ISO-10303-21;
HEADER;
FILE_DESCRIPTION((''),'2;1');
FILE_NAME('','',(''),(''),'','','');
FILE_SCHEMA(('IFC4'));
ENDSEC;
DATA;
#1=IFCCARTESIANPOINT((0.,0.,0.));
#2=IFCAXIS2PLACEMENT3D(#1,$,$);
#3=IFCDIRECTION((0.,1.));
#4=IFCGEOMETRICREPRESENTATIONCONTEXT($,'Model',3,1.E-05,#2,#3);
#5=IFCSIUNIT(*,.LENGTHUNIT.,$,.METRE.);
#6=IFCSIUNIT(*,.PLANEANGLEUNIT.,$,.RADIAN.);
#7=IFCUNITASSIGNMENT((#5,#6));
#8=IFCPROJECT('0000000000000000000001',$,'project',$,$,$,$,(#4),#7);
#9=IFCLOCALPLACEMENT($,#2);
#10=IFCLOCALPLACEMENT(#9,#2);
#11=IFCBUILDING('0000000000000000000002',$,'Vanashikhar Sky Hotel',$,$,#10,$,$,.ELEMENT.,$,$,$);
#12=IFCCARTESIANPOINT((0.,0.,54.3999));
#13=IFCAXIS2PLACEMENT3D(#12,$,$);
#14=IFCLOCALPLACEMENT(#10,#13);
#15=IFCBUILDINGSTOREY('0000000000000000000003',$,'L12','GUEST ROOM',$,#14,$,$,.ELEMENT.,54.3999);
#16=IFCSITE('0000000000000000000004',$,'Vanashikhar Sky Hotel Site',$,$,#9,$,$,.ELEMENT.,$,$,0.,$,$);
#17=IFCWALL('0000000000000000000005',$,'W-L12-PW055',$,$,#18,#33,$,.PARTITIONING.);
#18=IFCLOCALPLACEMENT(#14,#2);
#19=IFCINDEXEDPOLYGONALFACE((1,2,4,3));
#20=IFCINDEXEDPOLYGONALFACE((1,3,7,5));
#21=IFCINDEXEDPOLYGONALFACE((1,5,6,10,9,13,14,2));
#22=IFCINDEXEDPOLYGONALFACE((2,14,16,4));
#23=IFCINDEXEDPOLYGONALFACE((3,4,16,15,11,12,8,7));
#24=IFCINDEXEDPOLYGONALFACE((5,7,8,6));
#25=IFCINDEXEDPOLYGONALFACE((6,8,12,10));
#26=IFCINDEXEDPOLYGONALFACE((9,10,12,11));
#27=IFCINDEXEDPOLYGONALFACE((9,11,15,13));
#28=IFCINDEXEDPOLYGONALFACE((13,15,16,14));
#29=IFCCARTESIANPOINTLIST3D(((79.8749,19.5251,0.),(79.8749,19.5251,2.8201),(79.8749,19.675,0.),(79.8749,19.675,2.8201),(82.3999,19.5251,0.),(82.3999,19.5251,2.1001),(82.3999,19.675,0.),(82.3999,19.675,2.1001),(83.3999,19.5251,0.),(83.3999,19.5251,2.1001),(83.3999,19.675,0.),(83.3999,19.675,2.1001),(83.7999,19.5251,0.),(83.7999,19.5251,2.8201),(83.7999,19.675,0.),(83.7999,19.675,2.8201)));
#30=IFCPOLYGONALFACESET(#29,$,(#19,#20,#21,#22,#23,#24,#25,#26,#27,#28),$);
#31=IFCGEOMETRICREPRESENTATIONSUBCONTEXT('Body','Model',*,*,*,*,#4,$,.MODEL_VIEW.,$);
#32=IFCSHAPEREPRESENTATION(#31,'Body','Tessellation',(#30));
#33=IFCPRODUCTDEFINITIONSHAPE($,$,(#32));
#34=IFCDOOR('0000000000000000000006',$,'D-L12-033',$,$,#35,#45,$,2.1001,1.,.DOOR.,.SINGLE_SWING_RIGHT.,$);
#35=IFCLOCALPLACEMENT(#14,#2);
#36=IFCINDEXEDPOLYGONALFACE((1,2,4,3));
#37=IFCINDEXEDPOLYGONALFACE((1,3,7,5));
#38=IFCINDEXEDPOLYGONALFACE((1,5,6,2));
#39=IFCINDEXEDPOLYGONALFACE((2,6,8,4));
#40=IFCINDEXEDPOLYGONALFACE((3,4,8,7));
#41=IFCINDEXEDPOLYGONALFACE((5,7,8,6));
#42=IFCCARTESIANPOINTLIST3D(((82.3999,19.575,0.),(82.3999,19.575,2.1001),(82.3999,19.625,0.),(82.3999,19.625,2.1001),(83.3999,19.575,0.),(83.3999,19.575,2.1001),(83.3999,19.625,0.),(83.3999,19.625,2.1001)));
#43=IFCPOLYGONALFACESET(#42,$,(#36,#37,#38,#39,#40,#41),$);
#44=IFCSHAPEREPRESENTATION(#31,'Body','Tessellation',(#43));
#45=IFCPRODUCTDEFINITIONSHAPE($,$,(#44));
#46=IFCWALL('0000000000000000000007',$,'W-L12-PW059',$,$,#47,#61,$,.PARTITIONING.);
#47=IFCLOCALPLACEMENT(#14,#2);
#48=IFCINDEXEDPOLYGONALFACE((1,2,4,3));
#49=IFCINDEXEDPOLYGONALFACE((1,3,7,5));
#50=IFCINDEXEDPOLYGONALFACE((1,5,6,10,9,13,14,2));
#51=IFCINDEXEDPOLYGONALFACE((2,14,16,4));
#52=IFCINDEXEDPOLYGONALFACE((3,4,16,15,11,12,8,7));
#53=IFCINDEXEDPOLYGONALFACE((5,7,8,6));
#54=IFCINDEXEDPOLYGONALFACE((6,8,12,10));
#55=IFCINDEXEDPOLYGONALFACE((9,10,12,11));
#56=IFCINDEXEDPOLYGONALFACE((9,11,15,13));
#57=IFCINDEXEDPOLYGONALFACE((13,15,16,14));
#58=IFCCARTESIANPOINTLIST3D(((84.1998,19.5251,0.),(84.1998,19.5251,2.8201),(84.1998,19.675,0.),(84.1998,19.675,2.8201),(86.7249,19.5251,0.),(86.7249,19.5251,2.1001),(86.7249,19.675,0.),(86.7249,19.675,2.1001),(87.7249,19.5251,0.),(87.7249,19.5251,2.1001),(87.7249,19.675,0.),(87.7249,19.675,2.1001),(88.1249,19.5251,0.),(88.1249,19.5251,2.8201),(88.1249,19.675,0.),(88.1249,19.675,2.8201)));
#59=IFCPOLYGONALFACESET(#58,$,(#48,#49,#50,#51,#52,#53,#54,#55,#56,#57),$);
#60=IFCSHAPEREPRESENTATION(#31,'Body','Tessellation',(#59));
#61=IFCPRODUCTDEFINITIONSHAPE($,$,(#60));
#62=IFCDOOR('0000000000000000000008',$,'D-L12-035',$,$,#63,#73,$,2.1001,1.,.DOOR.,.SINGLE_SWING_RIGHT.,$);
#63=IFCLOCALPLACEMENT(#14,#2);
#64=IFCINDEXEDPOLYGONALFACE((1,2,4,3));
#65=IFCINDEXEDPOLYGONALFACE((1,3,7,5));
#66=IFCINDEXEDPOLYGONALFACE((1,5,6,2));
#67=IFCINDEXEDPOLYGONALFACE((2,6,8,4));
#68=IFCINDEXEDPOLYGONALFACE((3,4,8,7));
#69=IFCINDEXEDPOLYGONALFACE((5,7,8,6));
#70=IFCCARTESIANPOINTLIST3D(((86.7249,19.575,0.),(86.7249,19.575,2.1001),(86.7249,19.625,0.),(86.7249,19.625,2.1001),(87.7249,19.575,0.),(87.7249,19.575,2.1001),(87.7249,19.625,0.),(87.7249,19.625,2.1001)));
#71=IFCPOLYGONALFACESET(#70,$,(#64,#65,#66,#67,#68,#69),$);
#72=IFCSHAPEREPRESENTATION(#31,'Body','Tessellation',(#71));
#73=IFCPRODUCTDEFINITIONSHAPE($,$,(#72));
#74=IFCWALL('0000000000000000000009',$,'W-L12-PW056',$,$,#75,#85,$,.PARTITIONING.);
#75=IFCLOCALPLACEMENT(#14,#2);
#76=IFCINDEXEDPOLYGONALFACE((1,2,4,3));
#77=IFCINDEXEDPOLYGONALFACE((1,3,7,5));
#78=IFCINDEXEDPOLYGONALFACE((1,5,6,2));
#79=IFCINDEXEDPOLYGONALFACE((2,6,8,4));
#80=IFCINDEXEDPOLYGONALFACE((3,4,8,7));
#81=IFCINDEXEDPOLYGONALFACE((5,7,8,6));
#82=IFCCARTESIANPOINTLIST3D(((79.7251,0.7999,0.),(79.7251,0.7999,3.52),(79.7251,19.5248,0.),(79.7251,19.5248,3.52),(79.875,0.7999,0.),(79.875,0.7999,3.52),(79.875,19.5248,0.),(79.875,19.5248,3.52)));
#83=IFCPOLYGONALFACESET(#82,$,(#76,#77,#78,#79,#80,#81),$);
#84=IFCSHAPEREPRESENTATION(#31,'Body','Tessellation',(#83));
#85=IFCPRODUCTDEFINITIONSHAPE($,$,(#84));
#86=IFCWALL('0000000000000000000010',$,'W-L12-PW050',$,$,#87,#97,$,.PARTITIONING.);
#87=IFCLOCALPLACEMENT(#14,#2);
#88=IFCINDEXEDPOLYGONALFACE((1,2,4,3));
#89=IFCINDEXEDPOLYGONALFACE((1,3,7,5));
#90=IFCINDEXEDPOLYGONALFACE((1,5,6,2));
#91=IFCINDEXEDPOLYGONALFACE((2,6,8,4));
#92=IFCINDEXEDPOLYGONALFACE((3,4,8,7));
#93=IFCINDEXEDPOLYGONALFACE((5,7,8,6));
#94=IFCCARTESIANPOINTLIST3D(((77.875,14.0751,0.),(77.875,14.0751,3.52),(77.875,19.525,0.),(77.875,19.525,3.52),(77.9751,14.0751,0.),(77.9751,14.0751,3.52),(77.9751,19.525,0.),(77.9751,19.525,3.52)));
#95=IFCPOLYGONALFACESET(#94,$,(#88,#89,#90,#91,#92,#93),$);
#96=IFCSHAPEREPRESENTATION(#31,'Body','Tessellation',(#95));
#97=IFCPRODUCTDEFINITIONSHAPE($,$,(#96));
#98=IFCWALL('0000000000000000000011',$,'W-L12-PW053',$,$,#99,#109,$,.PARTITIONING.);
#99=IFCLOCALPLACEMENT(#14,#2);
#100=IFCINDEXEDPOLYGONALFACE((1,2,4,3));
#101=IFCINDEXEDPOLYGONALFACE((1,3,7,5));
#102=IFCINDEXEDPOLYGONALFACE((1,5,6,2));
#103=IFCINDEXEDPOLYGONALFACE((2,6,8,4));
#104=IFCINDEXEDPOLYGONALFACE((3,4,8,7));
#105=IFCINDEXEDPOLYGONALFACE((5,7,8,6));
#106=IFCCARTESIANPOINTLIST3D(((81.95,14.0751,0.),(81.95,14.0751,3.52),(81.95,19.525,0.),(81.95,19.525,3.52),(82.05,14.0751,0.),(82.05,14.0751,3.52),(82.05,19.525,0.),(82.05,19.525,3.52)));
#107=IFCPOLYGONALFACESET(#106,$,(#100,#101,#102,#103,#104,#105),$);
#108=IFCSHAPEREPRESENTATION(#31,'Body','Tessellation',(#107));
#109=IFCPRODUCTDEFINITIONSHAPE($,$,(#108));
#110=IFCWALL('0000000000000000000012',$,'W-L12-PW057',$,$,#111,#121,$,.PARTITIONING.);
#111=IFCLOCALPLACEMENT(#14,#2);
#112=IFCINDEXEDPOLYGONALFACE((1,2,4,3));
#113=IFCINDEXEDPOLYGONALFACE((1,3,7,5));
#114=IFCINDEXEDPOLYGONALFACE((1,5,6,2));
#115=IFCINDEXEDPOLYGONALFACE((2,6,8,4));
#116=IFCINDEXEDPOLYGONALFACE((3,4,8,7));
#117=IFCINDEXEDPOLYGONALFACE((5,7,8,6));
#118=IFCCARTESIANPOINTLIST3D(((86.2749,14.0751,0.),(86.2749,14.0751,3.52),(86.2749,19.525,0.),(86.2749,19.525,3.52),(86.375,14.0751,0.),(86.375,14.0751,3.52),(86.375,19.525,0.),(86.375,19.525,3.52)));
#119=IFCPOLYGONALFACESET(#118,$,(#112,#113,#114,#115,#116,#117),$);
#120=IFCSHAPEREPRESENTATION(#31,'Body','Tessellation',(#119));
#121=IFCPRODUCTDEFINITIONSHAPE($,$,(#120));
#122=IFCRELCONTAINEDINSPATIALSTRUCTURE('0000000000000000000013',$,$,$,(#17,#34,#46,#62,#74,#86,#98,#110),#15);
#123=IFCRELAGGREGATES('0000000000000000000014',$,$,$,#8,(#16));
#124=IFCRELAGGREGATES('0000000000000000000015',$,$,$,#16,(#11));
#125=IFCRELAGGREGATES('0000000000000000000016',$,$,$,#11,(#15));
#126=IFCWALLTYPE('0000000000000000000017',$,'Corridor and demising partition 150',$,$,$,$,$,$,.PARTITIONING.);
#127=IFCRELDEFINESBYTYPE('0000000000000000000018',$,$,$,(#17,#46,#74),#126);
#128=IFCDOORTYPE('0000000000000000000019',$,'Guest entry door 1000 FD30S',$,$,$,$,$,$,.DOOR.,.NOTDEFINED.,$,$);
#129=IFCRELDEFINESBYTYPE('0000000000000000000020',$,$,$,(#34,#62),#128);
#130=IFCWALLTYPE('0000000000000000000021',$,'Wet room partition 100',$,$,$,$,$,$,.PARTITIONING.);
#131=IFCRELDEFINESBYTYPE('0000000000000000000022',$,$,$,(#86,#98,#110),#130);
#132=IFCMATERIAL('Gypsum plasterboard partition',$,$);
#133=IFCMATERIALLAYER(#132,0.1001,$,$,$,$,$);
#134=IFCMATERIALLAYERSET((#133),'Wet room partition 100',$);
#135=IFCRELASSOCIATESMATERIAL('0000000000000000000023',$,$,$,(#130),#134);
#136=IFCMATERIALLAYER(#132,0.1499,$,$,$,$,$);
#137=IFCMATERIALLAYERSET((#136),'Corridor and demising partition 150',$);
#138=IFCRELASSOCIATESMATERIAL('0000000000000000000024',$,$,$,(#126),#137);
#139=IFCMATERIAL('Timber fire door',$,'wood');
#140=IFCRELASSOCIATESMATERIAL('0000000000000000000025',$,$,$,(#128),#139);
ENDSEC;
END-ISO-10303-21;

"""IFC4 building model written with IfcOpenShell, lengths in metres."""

from ifc_helpers import new_model, si_unit, direction, frame, frame_2d, origin, place, context, subcontext, project, spatial, rectangle, extrude, source, transform, mapped, material, layer, layer_set, type_object, element, fill, save


model = new_model("IFC4")

# Units and contexts
model_context = context("Model", 3, precision=1e-05, world=origin(), true_north=direction((0.0, 1.0)))
body_context = subcontext(model_context, "Body", "Model", "MODEL_VIEW")
ifc_project = project(units=[si_unit("LENGTHUNIT", "METRE"), si_unit("PLANEANGLEUNIT", "RADIAN")], contexts=[model_context])

# Site, building, storey
site_placement = place(None, origin())
site = spatial("IfcSite", under=ifc_project, at=site_placement, Name="Vanashikhar Sky Hotel Site", CompositionType="ELEMENT", RefElevation=0.0)
building_placement = place(site_placement, origin())
building = spatial("IfcBuilding", under=site, at=building_placement, Name="Vanashikhar Sky Hotel", CompositionType="ELEMENT")
storey_placement = place(building_placement, frame((0.0, 0.0, 54.3999)))
storey = spatial("IfcBuildingStorey", under=building, at=storey_placement, Name="L12", Description="GUEST ROOM", CompositionType="ELEMENT", Elevation=54.3999)

# Walls, openings, doors
ifc_material_1 = material(Name="Gypsum plasterboard partition")
ifc_layer_1 = layer(ifc_material_1, 0.1001)
ifc_layer_set_1 = layer_set([ifc_layer_1], Name="Wet room partition 100")
wall_type_1 = type_object("IfcWallType", Name="Wet room partition 100", PredefinedType="PARTITIONING", material=ifc_layer_set_1)
ifc_layer_2 = layer(ifc_material_1, 0.1499)
ifc_layer_set_2 = layer_set([ifc_layer_2], Name="Corridor and demising partition 150")
wall_type_2 = type_object("IfcWallType", Name="Corridor and demising partition 150", PredefinedType="PARTITIONING", material=ifc_layer_set_2)
shared_shape_1 = source(origin(), body_context, "Body", "SweptSolid", [
    extrude(rectangle(XDim=3.925, YDim=0.1499, at=frame_2d((1.9624, 0.0))), origin(), (0.0, 0.0, 1.0), 2.8201),
])
shared_shape_2 = source(origin(), body_context, "Body", "SweptSolid", [
    extrude(rectangle(XDim=1.0, YDim=2.1001, at=frame_2d((0.5, 1.05))), frame((0.0, 0.085, 0.0), z_axis=(0.0, -1.0, 0.0), x_axis=(1.0, 0.0, 0.0)), (0.0, 0.0, 1.0), 0.1699),
])
ifc_material_2 = material(Name="Timber fire door", Category="wood")
door_type_1 = type_object("IfcDoorType", Name="Guest entry door 1000 FD30S", OperationType="NOTDEFINED", PredefinedType="DOOR", material=ifc_material_2)
shared_shape_3 = source(origin(), body_context, "Body", "SweptSolid", [
    extrude(rectangle(XDim=1.0, YDim=2.1001, at=frame_2d((0.5, 1.05))), frame((0.0, 0.0249, 0.0), z_axis=(0.0, -1.0, 0.0), x_axis=(1.0, 0.0, 0.0)), (0.0, 0.0, 1.0), 0.05),
])
wall_1_placement = place(storey_placement, frame((79.875, 19.6001, 0.0), z_axis=(0.0, 0.0, 1.0), x_axis=(1.0, 0.0, 0.0)))
wall_1 = element("IfcWall", 1, at=wall_1_placement, inside=storey, type_object=wall_type_2, Name="W-L12-PW055", PredefinedType="PARTITIONING", context=body_context, shape_type="MappedRepresentation", body=[
    mapped(shared_shape_1, transform((0.0, 0.0, 0.0), scale=1.0)),
])
opening_1_placement = place(wall_1_placement, frame((2.5249, 0.0, 0.0)))
opening_1 = element("IfcOpeningElement", 2, at=opening_1_placement, cuts=wall_1, PredefinedType="OPENING", context=body_context, shape_type="MappedRepresentation", body=[
    mapped(shared_shape_2, transform((0.0, 0.0, 0.0), scale=1.0)),
])
door_1_placement = place(opening_1_placement, origin())
door_1 = element("IfcDoor", 3, at=door_1_placement, inside=storey, type_object=door_type_1, Name="D-L12-033", OperationType="SINGLE_SWING_RIGHT", OverallHeight=2.1001, OverallWidth=1.0, PredefinedType="DOOR", context=body_context, shape_type="MappedRepresentation", body=[
    mapped(shared_shape_3, transform((0.0, 0.0, 0.0), scale=1.0)),
])
fill(opening_1, door_1)
wall_2_placement = place(storey_placement, frame((84.2, 19.6001, 0.0), z_axis=(0.0, 0.0, 1.0), x_axis=(1.0, 0.0, 0.0)))
wall_2 = element("IfcWall", 4, at=wall_2_placement, inside=storey, type_object=wall_type_2, Name="W-L12-PW059", PredefinedType="PARTITIONING", context=body_context, shape_type="MappedRepresentation", body=[
    mapped(shared_shape_1, transform((0.0, 0.0, 0.0), scale=1.0)),
])
opening_2_placement = place(wall_2_placement, frame((2.5249, 0.0, 0.0)))
opening_2 = element("IfcOpeningElement", 5, at=opening_2_placement, cuts=wall_2, PredefinedType="OPENING", context=body_context, shape_type="MappedRepresentation", body=[
    mapped(shared_shape_2, transform((0.0, 0.0, 0.0), scale=1.0)),
])
door_2_placement = place(opening_2_placement, origin())
door_2 = element("IfcDoor", 6, at=door_2_placement, inside=storey, type_object=door_type_1, Name="D-L12-035", OperationType="SINGLE_SWING_RIGHT", OverallHeight=2.1001, OverallWidth=1.0, PredefinedType="DOOR", context=body_context, shape_type="MappedRepresentation", body=[
    mapped(shared_shape_3, transform((0.0, 0.0, 0.0), scale=1.0)),
])
fill(opening_2, door_2)

# Walls
shared_shape_4 = source(origin(), body_context, "Body", "SweptSolid", [
    extrude(rectangle(XDim=18.7249, YDim=0.1499, at=frame_2d((9.3623, 0.0))), origin(), (0.0, 0.0, 1.0), 3.52),
])
wall_3_placement = place(storey_placement, frame((79.8, 0.8, 0.0), z_axis=(0.0, 0.0, 1.0), x_axis=(0.0, 1.0, 0.0)))
element("IfcWall", 7, at=wall_3_placement, inside=storey, type_object=wall_type_2, Name="W-L12-PW056", PredefinedType="PARTITIONING", context=body_context, shape_type="MappedRepresentation", body=[
    mapped(shared_shape_4, transform((0.0, 0.0, 0.0), scale=1.0)),
])
shared_shape_5 = source(origin(), body_context, "Body", "SweptSolid", [
    extrude(rectangle(XDim=5.45, YDim=0.1001, at=frame_2d((2.7251, 0.0))), origin(), (0.0, 0.0, 1.0), 3.52),
])
for number, where, z_axis, x_axis, name in (
    (8, (77.925, 14.075, 0.0), (0.0, 0.0, 1.0), (0.0, 1.0, 0.0), "W-L12-PW050"),
    (9, (82.0, 14.075, 0.0), (0.0, 0.0, 1.0), (0.0, 1.0, 0.0), "W-L12-PW053"),
    (10, (86.325, 14.075, 0.0), (0.0, 0.0, 1.0), (0.0, 1.0, 0.0), "W-L12-PW057"),
):
    element("IfcWall", number, at=place(storey_placement, frame(where, z_axis=z_axis, x_axis=x_axis)), inside=storey, type_object=wall_type_1, Name=name, PredefinedType="PARTITIONING", context=body_context, shape_type="MappedRepresentation", body=[
        mapped(shared_shape_5, transform((0.0, 0.0, 0.0), scale=1.0)),
    ])

save(model, "model.ifc")
